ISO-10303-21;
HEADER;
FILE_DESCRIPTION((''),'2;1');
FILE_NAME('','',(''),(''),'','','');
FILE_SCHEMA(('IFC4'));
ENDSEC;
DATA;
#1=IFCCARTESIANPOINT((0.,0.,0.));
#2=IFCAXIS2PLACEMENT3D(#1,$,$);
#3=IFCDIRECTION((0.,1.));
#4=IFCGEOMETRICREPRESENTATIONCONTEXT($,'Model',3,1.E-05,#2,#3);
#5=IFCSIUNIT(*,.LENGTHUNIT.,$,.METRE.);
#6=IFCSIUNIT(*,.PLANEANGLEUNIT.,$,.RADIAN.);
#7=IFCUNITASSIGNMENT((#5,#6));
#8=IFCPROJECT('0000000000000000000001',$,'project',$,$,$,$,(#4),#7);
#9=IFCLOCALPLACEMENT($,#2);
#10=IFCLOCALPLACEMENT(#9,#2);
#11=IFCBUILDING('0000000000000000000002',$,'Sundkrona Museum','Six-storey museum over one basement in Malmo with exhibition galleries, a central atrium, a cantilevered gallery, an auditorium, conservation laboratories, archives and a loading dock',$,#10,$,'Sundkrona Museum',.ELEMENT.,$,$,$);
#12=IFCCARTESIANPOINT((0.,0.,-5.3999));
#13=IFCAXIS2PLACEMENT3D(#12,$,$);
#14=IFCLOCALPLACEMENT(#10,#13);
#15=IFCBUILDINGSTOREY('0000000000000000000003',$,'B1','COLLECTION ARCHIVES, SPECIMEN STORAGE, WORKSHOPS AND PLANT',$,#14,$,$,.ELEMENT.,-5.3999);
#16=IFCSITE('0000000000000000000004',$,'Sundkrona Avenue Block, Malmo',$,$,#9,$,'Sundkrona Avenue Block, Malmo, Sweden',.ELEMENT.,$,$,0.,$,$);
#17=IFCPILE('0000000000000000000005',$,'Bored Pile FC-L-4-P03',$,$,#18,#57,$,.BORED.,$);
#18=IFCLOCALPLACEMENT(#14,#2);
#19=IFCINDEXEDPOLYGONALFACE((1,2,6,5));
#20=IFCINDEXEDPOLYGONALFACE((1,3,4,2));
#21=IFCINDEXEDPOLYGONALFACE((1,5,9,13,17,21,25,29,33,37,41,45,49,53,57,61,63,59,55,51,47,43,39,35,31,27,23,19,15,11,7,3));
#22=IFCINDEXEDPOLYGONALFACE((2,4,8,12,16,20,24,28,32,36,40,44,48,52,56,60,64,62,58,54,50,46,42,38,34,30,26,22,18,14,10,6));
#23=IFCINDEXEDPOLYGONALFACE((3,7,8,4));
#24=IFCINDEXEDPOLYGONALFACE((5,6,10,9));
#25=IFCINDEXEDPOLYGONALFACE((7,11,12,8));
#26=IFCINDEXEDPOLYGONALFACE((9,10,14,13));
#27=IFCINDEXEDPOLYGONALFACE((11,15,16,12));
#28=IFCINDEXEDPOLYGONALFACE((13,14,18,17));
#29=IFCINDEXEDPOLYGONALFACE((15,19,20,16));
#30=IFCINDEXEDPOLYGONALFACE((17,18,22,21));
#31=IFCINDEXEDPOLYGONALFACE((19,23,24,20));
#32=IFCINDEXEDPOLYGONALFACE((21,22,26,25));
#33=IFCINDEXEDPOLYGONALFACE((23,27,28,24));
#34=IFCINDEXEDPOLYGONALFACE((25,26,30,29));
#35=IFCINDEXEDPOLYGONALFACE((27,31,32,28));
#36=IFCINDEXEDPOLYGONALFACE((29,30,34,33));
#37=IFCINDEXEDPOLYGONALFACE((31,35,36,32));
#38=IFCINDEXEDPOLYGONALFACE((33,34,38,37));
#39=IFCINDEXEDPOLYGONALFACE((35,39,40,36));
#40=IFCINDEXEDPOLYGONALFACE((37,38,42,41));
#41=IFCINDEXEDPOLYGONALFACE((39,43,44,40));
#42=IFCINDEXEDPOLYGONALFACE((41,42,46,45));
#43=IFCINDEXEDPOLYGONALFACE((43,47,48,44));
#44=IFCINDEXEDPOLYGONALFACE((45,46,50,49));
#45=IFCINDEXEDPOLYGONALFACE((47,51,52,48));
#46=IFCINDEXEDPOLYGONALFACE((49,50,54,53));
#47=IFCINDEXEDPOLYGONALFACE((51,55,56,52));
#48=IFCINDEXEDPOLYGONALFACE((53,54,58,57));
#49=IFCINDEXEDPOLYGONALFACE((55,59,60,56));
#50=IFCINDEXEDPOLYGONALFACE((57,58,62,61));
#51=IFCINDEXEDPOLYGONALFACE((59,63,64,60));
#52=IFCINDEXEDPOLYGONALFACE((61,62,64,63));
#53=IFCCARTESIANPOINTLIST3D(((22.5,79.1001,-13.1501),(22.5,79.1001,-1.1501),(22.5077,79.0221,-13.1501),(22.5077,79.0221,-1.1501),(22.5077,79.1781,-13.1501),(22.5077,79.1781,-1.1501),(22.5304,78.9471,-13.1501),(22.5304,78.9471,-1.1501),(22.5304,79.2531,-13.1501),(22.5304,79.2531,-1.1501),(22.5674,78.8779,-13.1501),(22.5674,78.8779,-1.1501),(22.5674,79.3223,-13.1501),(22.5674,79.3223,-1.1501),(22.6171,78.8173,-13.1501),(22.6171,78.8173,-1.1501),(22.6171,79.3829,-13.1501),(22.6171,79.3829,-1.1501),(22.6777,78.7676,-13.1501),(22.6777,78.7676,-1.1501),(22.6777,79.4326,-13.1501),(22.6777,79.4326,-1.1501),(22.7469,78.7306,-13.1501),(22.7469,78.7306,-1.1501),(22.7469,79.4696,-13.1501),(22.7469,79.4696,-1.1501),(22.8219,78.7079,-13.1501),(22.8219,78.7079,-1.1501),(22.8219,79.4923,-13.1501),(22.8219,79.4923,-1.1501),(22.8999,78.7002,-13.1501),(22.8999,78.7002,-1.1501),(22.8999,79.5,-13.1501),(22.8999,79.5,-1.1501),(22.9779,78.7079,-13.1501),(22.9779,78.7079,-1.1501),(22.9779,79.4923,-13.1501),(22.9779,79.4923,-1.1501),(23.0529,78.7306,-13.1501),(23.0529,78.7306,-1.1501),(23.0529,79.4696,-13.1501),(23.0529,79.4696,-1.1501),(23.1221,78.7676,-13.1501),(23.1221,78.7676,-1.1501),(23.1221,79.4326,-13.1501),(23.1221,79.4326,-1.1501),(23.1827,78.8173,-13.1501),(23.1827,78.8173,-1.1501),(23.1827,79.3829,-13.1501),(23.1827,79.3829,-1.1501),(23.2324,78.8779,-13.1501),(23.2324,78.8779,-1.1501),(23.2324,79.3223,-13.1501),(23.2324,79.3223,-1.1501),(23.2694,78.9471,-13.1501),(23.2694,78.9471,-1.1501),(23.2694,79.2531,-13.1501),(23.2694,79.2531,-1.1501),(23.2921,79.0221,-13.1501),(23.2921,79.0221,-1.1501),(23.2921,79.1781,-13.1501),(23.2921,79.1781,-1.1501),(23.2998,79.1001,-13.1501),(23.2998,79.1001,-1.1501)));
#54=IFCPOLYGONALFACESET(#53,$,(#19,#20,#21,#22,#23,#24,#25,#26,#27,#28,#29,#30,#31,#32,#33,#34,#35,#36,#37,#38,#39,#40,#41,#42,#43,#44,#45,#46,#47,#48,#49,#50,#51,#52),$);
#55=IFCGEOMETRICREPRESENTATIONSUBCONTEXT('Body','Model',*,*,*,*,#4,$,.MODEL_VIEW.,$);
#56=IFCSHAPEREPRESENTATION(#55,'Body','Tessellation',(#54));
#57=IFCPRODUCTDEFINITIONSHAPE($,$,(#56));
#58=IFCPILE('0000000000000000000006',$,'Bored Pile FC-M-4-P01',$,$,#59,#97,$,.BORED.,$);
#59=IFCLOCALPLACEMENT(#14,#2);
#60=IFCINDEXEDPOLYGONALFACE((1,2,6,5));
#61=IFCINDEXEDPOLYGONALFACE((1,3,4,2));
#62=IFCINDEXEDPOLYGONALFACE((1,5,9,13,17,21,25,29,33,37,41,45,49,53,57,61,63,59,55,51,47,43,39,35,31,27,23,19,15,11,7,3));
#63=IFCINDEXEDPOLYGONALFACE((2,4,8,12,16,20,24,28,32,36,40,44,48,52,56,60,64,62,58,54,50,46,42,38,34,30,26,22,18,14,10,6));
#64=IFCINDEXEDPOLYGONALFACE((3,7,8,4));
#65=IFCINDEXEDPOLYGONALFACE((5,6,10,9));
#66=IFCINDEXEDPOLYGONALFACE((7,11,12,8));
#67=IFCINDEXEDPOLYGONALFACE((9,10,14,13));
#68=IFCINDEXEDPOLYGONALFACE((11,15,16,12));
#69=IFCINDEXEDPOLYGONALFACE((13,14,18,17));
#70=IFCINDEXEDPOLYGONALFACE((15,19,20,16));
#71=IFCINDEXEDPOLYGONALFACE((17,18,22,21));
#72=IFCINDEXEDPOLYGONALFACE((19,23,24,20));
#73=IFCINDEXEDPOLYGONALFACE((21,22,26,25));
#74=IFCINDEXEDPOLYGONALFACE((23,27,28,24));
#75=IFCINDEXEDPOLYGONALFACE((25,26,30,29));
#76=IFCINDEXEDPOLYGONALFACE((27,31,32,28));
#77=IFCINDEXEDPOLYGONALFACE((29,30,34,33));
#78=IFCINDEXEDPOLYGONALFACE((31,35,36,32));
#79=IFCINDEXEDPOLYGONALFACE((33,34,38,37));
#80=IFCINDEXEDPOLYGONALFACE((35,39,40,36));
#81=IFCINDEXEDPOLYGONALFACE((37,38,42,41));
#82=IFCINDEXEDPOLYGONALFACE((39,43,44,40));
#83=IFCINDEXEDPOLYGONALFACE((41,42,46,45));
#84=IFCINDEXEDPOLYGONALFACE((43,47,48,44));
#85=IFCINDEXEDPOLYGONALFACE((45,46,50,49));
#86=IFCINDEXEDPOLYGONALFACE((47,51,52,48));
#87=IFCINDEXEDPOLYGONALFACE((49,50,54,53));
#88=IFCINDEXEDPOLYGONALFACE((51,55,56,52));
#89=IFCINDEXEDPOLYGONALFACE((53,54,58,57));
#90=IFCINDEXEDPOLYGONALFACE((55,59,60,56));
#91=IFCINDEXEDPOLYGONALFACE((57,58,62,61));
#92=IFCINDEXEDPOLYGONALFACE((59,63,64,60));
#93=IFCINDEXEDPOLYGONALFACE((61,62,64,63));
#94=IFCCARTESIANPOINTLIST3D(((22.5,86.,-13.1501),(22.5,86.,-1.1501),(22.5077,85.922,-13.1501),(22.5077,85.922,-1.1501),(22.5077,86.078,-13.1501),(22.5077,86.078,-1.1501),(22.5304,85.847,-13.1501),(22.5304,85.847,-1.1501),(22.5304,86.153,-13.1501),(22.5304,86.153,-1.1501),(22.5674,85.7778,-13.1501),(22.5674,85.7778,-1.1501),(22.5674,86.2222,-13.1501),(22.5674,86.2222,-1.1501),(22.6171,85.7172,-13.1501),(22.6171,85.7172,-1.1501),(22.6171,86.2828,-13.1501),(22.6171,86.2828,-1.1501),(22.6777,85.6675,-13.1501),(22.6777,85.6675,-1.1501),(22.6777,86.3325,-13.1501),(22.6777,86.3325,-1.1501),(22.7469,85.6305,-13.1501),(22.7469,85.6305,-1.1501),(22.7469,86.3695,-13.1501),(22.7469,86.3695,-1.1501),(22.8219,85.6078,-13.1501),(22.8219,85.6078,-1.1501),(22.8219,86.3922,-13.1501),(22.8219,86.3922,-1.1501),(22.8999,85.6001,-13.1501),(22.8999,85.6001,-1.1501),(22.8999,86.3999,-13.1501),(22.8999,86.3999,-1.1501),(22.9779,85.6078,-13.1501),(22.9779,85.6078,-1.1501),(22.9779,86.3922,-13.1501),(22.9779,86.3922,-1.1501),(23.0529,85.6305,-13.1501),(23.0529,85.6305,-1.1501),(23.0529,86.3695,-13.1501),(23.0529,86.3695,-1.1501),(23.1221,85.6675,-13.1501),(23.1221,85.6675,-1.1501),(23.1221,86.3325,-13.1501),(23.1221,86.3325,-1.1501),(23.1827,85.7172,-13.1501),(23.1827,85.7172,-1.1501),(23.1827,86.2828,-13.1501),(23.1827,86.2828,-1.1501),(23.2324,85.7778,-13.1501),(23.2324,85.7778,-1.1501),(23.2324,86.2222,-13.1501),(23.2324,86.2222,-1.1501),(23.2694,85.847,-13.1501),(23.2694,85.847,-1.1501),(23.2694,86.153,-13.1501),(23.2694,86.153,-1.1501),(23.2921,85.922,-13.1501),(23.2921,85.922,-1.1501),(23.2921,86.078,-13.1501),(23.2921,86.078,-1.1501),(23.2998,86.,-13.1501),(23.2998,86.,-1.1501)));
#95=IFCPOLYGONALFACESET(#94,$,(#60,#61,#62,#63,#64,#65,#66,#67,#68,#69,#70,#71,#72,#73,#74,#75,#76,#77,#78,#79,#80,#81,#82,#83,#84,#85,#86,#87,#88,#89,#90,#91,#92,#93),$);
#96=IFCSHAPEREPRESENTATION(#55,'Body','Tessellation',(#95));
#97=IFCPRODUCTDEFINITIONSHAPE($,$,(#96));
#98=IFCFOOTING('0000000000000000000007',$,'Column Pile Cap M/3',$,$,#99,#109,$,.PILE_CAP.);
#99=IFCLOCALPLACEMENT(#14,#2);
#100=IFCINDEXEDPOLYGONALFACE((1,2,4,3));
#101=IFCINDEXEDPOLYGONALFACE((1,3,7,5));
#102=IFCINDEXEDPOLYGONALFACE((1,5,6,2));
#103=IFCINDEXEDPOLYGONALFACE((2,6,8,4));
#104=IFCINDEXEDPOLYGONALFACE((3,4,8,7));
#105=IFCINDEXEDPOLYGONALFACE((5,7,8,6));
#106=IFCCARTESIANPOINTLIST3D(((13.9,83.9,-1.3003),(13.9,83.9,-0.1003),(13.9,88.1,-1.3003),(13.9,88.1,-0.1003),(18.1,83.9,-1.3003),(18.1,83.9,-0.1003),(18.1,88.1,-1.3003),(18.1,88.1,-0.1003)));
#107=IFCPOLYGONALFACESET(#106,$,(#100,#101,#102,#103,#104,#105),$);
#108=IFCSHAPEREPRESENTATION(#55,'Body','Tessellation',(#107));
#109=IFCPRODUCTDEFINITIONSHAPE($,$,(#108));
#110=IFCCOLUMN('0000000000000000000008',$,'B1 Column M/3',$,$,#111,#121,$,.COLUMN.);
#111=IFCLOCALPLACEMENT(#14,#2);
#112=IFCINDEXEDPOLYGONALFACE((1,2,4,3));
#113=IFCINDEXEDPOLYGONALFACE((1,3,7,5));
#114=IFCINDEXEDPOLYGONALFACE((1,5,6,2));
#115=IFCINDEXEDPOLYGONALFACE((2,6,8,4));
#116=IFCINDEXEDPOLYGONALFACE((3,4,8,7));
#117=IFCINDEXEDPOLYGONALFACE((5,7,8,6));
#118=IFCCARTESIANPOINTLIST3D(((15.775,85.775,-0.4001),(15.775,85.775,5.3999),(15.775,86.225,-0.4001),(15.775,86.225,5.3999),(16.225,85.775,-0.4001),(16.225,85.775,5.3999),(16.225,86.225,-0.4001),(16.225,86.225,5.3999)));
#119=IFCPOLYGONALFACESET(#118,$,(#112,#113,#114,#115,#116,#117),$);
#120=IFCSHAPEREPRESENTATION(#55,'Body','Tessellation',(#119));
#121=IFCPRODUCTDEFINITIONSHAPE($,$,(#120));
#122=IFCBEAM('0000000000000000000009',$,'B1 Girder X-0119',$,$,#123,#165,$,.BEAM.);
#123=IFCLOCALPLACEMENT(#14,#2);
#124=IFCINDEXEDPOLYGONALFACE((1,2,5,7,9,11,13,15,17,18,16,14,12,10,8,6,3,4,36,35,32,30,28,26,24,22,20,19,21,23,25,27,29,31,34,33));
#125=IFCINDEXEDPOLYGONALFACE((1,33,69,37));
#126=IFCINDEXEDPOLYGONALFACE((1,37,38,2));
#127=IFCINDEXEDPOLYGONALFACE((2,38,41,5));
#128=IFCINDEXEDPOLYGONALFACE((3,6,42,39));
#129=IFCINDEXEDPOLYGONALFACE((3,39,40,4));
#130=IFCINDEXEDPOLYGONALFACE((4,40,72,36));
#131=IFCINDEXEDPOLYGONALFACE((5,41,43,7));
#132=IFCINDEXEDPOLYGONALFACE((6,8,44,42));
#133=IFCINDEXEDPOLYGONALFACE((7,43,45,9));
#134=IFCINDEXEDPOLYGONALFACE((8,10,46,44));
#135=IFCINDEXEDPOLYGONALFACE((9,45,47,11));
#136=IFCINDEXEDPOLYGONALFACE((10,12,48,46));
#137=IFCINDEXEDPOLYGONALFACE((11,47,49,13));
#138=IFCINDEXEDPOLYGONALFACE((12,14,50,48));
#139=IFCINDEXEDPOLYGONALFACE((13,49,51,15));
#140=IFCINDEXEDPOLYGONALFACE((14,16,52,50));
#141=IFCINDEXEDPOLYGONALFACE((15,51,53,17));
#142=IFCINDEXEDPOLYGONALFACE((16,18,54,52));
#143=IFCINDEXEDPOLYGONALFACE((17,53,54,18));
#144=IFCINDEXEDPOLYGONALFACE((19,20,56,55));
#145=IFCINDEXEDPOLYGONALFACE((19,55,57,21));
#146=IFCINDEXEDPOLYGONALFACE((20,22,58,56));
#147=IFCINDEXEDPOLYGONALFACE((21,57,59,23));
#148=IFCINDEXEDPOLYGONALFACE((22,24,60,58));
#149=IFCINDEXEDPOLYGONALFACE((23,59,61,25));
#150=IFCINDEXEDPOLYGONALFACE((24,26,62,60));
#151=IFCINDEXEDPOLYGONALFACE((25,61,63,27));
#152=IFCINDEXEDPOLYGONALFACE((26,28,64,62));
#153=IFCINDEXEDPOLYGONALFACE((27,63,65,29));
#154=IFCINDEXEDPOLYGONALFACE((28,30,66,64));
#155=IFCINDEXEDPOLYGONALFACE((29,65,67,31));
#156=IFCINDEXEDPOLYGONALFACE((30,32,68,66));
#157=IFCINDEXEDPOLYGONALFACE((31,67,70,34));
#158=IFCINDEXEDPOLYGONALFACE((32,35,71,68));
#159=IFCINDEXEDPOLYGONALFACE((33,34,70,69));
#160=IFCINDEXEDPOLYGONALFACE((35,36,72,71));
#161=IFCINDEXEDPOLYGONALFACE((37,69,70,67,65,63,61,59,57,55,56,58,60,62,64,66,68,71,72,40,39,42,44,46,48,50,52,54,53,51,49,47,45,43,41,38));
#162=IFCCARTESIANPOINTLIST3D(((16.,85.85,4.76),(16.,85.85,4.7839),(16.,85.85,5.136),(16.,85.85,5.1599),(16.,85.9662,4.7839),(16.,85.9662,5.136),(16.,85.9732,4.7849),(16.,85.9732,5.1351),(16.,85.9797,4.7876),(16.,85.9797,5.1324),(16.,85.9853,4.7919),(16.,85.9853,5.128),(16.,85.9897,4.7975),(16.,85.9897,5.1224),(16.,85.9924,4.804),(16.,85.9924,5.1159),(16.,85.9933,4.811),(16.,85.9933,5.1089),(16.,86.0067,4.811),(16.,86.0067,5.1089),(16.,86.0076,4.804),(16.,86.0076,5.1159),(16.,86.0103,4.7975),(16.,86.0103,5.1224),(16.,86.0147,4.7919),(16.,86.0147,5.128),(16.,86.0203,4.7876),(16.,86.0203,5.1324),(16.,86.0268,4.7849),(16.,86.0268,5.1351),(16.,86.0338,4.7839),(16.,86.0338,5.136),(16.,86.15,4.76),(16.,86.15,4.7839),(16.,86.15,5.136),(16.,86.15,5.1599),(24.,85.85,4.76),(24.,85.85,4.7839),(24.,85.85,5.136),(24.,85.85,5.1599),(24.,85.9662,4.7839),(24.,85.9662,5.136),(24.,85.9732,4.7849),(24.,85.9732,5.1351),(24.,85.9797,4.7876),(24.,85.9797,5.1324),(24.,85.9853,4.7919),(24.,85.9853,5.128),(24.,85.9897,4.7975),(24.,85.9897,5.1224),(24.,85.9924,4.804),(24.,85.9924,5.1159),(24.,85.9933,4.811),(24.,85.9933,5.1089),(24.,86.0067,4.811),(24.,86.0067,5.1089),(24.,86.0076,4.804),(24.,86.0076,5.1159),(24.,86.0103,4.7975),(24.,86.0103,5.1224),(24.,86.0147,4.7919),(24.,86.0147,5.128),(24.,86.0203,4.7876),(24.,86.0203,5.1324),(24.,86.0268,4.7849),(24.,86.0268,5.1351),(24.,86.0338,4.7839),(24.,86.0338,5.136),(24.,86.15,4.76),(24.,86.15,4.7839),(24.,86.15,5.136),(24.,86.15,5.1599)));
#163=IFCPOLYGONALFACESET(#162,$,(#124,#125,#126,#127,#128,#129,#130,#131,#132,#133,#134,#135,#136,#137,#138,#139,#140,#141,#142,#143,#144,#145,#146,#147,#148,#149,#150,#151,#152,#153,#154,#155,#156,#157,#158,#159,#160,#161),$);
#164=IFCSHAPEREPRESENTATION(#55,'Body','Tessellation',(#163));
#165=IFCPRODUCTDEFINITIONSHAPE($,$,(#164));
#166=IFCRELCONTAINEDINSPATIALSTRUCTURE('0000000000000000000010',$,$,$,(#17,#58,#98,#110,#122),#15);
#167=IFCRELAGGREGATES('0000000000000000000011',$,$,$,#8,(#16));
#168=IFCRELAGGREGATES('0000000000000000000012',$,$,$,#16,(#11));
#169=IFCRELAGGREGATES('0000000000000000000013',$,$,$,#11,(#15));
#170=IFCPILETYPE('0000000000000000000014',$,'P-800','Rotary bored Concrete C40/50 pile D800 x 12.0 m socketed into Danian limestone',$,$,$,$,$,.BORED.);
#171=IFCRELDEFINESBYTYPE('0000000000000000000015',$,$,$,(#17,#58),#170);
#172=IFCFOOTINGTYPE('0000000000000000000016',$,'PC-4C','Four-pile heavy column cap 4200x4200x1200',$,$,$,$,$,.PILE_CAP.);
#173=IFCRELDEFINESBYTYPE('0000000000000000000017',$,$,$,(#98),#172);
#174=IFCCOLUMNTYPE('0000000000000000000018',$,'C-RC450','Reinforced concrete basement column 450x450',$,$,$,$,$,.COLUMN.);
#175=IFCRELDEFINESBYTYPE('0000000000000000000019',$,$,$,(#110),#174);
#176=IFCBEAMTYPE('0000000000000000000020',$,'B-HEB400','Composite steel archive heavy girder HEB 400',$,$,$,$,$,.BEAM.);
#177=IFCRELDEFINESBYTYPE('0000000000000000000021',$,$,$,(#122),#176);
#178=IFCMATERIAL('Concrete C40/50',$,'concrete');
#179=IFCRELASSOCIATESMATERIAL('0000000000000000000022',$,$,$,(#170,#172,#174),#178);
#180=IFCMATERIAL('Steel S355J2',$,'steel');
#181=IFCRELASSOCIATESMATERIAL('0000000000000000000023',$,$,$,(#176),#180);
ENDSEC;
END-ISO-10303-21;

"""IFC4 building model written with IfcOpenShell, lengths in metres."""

from ifc_helpers import new_model, si_unit, direction, frame, origin, origin_2d, place, context, subcontext, project, spatial, rectangle, circle, i_section, extrude, material, material_profile, profile_set, type_object, element, save


model = new_model("IFC4")

# Units and contexts
model_context = context("Model", 3, precision=1e-05, world=origin(), true_north=direction((0.0, 1.0)))
body_context = subcontext(model_context, "Body", "Model", "MODEL_VIEW")
ifc_project = project(units=[si_unit("LENGTHUNIT", "METRE"), si_unit("PLANEANGLEUNIT", "RADIAN")], contexts=[model_context])

# Site, building, storey
site_placement = place(None, origin())
site = spatial("IfcSite", under=ifc_project, at=site_placement, Name="Sundkrona Avenue Block, Malmo", LongName="Sundkrona Avenue Block, Malmo, Sweden", CompositionType="ELEMENT", RefElevation=0.0)
building_placement = place(site_placement, origin())
building = spatial("IfcBuilding", under=site, at=building_placement, Name="Sundkrona Museum", Description="Six-storey museum over one basement in Malmo with exhibition galleries, a central atrium, a cantilevered gallery, an auditorium, conservation laboratories, archives and a loading dock", LongName="Sundkrona Museum", CompositionType="ELEMENT")
storey_placement = place(building_placement, frame((0.0, 0.0, -5.3999)))
storey = spatial("IfcBuildingStorey", under=building, at=storey_placement, Name="B1", Description="COLLECTION ARCHIVES, SPECIMEN STORAGE, WORKSHOPS AND PLANT", CompositionType="ELEMENT", Elevation=-5.3999)

# Shared definitions
ifc_material_1 = material(Name="Concrete C40/50", Category="concrete")

# Piles
ifc_material_profile_1 = material_profile(ifc_material_1, circle(Radius=0.3999, at=origin_2d()), Name="PILE D800")
ifc_profile_set_1 = profile_set([ifc_material_profile_1], Name="Concrete C40/50")
pile_type = type_object("IfcPileType", Name="P-800", Description="Rotary bored Concrete C40/50 pile D800 x 12.0 m socketed into Danian limestone", PredefinedType="BORED", material=ifc_profile_set_1)
for number, where, z_axis, x_axis, name in (
    (1, (22.8999, 79.1001, -1.1501), (0.0, 0.0, -1.0), (1.0, 0.0, 0.0), "Bored Pile FC-L-4-P03"),
    (2, (22.8999, 86.0, -1.1501), (0.0, 0.0, -1.0), (1.0, 0.0, 0.0), "Bored Pile FC-M-4-P01"),
):
    element("IfcPile", number, at=place(storey_placement, frame(where, z_axis=z_axis, x_axis=x_axis)), inside=storey, type_object=pile_type, Name=name, PredefinedType="BORED", context=body_context, shape_type="SweptSolid", body=[
        extrude(circle(Radius=0.3999, at=origin_2d()), origin(), (0.0, 0.0, 1.0), 12.0),
    ])

# Footing
footing_type_1 = type_object("IfcFootingType", Name="PC-4C", Description="Four-pile heavy column cap 4200x4200x1200", PredefinedType="PILE_CAP", material=ifc_material_1)
footing_1_placement = place(storey_placement, frame((16.0, 86.0, -1.3003), z_axis=(0.0, 0.0, 1.0), x_axis=(1.0, 0.0, 0.0)))
element("IfcFooting", 3, at=footing_1_placement, inside=storey, type_object=footing_type_1, Name="Column Pile Cap M/3", PredefinedType="PILE_CAP", context=body_context, shape_type="SweptSolid", body=[
    extrude(rectangle(XDim=4.2, YDim=4.2, at=origin_2d()), origin(), (0.0, 0.0, 1.0), 1.2),
])

# Column
ifc_material_profile_2 = material_profile(ifc_material_1, rectangle(XDim=0.45, YDim=0.45, at=origin_2d()), Name="RC 450x450")
ifc_profile_set_2 = profile_set([ifc_material_profile_2], Name="Concrete C40/50")
column_type = type_object("IfcColumnType", Name="C-RC450", Description="Reinforced concrete basement column 450x450", PredefinedType="COLUMN", material=ifc_profile_set_2)
column_placement = place(storey_placement, frame((16.0, 86.0, -0.4001), z_axis=(0.0, 0.0, 1.0), x_axis=(1.0, 0.0, 0.0)))
element("IfcColumn", 4, at=column_placement, inside=storey, type_object=column_type, Name="B1 Column M/3", PredefinedType="COLUMN", context=body_context, shape_type="SweptSolid", body=[
    extrude(rectangle(XDim=0.45, YDim=0.45, at=origin_2d()), origin(), (0.0, 0.0, 1.0), 5.8),
])

# Beam
ifc_material_2 = material(Name="Steel S355J2", Category="steel")
ifc_material_profile_3 = material_profile(ifc_material_2, i_section(OverallWidth=0.3, OverallDepth=0.3999, WebThickness=0.0134, FlangeThickness=0.0239, FilletRadius=0.0271, at=origin_2d()), Name="HEB 400")
ifc_profile_set_3 = profile_set([ifc_material_profile_3], Name="Steel S355J2")
beam_type_1 = type_object("IfcBeamType", Name="B-HEB400", Description="Composite steel archive heavy girder HEB 400", PredefinedType="BEAM", material=ifc_profile_set_3)
for number, where, z_axis, x_axis, name in (
    (5, (16.0, 86.0, 4.96), (1.0, 0.0, 0.0), (0.0, 1.0, 0.0), "B1 Girder X-0119"),
):
    element("IfcBeam", number, at=place(storey_placement, frame(where, z_axis=z_axis, x_axis=x_axis)), inside=storey, type_object=beam_type_1, Name=name, PredefinedType="BEAM", context=body_context, shape_type="SweptSolid", body=[
        extrude(i_section(OverallWidth=0.3, OverallDepth=0.3999, WebThickness=0.0134, FlangeThickness=0.0239, FilletRadius=0.0271, at=origin_2d()), origin(), (0.0, 0.0, 1.0), 8.0),
    ])

save(model, "model.ifc")
